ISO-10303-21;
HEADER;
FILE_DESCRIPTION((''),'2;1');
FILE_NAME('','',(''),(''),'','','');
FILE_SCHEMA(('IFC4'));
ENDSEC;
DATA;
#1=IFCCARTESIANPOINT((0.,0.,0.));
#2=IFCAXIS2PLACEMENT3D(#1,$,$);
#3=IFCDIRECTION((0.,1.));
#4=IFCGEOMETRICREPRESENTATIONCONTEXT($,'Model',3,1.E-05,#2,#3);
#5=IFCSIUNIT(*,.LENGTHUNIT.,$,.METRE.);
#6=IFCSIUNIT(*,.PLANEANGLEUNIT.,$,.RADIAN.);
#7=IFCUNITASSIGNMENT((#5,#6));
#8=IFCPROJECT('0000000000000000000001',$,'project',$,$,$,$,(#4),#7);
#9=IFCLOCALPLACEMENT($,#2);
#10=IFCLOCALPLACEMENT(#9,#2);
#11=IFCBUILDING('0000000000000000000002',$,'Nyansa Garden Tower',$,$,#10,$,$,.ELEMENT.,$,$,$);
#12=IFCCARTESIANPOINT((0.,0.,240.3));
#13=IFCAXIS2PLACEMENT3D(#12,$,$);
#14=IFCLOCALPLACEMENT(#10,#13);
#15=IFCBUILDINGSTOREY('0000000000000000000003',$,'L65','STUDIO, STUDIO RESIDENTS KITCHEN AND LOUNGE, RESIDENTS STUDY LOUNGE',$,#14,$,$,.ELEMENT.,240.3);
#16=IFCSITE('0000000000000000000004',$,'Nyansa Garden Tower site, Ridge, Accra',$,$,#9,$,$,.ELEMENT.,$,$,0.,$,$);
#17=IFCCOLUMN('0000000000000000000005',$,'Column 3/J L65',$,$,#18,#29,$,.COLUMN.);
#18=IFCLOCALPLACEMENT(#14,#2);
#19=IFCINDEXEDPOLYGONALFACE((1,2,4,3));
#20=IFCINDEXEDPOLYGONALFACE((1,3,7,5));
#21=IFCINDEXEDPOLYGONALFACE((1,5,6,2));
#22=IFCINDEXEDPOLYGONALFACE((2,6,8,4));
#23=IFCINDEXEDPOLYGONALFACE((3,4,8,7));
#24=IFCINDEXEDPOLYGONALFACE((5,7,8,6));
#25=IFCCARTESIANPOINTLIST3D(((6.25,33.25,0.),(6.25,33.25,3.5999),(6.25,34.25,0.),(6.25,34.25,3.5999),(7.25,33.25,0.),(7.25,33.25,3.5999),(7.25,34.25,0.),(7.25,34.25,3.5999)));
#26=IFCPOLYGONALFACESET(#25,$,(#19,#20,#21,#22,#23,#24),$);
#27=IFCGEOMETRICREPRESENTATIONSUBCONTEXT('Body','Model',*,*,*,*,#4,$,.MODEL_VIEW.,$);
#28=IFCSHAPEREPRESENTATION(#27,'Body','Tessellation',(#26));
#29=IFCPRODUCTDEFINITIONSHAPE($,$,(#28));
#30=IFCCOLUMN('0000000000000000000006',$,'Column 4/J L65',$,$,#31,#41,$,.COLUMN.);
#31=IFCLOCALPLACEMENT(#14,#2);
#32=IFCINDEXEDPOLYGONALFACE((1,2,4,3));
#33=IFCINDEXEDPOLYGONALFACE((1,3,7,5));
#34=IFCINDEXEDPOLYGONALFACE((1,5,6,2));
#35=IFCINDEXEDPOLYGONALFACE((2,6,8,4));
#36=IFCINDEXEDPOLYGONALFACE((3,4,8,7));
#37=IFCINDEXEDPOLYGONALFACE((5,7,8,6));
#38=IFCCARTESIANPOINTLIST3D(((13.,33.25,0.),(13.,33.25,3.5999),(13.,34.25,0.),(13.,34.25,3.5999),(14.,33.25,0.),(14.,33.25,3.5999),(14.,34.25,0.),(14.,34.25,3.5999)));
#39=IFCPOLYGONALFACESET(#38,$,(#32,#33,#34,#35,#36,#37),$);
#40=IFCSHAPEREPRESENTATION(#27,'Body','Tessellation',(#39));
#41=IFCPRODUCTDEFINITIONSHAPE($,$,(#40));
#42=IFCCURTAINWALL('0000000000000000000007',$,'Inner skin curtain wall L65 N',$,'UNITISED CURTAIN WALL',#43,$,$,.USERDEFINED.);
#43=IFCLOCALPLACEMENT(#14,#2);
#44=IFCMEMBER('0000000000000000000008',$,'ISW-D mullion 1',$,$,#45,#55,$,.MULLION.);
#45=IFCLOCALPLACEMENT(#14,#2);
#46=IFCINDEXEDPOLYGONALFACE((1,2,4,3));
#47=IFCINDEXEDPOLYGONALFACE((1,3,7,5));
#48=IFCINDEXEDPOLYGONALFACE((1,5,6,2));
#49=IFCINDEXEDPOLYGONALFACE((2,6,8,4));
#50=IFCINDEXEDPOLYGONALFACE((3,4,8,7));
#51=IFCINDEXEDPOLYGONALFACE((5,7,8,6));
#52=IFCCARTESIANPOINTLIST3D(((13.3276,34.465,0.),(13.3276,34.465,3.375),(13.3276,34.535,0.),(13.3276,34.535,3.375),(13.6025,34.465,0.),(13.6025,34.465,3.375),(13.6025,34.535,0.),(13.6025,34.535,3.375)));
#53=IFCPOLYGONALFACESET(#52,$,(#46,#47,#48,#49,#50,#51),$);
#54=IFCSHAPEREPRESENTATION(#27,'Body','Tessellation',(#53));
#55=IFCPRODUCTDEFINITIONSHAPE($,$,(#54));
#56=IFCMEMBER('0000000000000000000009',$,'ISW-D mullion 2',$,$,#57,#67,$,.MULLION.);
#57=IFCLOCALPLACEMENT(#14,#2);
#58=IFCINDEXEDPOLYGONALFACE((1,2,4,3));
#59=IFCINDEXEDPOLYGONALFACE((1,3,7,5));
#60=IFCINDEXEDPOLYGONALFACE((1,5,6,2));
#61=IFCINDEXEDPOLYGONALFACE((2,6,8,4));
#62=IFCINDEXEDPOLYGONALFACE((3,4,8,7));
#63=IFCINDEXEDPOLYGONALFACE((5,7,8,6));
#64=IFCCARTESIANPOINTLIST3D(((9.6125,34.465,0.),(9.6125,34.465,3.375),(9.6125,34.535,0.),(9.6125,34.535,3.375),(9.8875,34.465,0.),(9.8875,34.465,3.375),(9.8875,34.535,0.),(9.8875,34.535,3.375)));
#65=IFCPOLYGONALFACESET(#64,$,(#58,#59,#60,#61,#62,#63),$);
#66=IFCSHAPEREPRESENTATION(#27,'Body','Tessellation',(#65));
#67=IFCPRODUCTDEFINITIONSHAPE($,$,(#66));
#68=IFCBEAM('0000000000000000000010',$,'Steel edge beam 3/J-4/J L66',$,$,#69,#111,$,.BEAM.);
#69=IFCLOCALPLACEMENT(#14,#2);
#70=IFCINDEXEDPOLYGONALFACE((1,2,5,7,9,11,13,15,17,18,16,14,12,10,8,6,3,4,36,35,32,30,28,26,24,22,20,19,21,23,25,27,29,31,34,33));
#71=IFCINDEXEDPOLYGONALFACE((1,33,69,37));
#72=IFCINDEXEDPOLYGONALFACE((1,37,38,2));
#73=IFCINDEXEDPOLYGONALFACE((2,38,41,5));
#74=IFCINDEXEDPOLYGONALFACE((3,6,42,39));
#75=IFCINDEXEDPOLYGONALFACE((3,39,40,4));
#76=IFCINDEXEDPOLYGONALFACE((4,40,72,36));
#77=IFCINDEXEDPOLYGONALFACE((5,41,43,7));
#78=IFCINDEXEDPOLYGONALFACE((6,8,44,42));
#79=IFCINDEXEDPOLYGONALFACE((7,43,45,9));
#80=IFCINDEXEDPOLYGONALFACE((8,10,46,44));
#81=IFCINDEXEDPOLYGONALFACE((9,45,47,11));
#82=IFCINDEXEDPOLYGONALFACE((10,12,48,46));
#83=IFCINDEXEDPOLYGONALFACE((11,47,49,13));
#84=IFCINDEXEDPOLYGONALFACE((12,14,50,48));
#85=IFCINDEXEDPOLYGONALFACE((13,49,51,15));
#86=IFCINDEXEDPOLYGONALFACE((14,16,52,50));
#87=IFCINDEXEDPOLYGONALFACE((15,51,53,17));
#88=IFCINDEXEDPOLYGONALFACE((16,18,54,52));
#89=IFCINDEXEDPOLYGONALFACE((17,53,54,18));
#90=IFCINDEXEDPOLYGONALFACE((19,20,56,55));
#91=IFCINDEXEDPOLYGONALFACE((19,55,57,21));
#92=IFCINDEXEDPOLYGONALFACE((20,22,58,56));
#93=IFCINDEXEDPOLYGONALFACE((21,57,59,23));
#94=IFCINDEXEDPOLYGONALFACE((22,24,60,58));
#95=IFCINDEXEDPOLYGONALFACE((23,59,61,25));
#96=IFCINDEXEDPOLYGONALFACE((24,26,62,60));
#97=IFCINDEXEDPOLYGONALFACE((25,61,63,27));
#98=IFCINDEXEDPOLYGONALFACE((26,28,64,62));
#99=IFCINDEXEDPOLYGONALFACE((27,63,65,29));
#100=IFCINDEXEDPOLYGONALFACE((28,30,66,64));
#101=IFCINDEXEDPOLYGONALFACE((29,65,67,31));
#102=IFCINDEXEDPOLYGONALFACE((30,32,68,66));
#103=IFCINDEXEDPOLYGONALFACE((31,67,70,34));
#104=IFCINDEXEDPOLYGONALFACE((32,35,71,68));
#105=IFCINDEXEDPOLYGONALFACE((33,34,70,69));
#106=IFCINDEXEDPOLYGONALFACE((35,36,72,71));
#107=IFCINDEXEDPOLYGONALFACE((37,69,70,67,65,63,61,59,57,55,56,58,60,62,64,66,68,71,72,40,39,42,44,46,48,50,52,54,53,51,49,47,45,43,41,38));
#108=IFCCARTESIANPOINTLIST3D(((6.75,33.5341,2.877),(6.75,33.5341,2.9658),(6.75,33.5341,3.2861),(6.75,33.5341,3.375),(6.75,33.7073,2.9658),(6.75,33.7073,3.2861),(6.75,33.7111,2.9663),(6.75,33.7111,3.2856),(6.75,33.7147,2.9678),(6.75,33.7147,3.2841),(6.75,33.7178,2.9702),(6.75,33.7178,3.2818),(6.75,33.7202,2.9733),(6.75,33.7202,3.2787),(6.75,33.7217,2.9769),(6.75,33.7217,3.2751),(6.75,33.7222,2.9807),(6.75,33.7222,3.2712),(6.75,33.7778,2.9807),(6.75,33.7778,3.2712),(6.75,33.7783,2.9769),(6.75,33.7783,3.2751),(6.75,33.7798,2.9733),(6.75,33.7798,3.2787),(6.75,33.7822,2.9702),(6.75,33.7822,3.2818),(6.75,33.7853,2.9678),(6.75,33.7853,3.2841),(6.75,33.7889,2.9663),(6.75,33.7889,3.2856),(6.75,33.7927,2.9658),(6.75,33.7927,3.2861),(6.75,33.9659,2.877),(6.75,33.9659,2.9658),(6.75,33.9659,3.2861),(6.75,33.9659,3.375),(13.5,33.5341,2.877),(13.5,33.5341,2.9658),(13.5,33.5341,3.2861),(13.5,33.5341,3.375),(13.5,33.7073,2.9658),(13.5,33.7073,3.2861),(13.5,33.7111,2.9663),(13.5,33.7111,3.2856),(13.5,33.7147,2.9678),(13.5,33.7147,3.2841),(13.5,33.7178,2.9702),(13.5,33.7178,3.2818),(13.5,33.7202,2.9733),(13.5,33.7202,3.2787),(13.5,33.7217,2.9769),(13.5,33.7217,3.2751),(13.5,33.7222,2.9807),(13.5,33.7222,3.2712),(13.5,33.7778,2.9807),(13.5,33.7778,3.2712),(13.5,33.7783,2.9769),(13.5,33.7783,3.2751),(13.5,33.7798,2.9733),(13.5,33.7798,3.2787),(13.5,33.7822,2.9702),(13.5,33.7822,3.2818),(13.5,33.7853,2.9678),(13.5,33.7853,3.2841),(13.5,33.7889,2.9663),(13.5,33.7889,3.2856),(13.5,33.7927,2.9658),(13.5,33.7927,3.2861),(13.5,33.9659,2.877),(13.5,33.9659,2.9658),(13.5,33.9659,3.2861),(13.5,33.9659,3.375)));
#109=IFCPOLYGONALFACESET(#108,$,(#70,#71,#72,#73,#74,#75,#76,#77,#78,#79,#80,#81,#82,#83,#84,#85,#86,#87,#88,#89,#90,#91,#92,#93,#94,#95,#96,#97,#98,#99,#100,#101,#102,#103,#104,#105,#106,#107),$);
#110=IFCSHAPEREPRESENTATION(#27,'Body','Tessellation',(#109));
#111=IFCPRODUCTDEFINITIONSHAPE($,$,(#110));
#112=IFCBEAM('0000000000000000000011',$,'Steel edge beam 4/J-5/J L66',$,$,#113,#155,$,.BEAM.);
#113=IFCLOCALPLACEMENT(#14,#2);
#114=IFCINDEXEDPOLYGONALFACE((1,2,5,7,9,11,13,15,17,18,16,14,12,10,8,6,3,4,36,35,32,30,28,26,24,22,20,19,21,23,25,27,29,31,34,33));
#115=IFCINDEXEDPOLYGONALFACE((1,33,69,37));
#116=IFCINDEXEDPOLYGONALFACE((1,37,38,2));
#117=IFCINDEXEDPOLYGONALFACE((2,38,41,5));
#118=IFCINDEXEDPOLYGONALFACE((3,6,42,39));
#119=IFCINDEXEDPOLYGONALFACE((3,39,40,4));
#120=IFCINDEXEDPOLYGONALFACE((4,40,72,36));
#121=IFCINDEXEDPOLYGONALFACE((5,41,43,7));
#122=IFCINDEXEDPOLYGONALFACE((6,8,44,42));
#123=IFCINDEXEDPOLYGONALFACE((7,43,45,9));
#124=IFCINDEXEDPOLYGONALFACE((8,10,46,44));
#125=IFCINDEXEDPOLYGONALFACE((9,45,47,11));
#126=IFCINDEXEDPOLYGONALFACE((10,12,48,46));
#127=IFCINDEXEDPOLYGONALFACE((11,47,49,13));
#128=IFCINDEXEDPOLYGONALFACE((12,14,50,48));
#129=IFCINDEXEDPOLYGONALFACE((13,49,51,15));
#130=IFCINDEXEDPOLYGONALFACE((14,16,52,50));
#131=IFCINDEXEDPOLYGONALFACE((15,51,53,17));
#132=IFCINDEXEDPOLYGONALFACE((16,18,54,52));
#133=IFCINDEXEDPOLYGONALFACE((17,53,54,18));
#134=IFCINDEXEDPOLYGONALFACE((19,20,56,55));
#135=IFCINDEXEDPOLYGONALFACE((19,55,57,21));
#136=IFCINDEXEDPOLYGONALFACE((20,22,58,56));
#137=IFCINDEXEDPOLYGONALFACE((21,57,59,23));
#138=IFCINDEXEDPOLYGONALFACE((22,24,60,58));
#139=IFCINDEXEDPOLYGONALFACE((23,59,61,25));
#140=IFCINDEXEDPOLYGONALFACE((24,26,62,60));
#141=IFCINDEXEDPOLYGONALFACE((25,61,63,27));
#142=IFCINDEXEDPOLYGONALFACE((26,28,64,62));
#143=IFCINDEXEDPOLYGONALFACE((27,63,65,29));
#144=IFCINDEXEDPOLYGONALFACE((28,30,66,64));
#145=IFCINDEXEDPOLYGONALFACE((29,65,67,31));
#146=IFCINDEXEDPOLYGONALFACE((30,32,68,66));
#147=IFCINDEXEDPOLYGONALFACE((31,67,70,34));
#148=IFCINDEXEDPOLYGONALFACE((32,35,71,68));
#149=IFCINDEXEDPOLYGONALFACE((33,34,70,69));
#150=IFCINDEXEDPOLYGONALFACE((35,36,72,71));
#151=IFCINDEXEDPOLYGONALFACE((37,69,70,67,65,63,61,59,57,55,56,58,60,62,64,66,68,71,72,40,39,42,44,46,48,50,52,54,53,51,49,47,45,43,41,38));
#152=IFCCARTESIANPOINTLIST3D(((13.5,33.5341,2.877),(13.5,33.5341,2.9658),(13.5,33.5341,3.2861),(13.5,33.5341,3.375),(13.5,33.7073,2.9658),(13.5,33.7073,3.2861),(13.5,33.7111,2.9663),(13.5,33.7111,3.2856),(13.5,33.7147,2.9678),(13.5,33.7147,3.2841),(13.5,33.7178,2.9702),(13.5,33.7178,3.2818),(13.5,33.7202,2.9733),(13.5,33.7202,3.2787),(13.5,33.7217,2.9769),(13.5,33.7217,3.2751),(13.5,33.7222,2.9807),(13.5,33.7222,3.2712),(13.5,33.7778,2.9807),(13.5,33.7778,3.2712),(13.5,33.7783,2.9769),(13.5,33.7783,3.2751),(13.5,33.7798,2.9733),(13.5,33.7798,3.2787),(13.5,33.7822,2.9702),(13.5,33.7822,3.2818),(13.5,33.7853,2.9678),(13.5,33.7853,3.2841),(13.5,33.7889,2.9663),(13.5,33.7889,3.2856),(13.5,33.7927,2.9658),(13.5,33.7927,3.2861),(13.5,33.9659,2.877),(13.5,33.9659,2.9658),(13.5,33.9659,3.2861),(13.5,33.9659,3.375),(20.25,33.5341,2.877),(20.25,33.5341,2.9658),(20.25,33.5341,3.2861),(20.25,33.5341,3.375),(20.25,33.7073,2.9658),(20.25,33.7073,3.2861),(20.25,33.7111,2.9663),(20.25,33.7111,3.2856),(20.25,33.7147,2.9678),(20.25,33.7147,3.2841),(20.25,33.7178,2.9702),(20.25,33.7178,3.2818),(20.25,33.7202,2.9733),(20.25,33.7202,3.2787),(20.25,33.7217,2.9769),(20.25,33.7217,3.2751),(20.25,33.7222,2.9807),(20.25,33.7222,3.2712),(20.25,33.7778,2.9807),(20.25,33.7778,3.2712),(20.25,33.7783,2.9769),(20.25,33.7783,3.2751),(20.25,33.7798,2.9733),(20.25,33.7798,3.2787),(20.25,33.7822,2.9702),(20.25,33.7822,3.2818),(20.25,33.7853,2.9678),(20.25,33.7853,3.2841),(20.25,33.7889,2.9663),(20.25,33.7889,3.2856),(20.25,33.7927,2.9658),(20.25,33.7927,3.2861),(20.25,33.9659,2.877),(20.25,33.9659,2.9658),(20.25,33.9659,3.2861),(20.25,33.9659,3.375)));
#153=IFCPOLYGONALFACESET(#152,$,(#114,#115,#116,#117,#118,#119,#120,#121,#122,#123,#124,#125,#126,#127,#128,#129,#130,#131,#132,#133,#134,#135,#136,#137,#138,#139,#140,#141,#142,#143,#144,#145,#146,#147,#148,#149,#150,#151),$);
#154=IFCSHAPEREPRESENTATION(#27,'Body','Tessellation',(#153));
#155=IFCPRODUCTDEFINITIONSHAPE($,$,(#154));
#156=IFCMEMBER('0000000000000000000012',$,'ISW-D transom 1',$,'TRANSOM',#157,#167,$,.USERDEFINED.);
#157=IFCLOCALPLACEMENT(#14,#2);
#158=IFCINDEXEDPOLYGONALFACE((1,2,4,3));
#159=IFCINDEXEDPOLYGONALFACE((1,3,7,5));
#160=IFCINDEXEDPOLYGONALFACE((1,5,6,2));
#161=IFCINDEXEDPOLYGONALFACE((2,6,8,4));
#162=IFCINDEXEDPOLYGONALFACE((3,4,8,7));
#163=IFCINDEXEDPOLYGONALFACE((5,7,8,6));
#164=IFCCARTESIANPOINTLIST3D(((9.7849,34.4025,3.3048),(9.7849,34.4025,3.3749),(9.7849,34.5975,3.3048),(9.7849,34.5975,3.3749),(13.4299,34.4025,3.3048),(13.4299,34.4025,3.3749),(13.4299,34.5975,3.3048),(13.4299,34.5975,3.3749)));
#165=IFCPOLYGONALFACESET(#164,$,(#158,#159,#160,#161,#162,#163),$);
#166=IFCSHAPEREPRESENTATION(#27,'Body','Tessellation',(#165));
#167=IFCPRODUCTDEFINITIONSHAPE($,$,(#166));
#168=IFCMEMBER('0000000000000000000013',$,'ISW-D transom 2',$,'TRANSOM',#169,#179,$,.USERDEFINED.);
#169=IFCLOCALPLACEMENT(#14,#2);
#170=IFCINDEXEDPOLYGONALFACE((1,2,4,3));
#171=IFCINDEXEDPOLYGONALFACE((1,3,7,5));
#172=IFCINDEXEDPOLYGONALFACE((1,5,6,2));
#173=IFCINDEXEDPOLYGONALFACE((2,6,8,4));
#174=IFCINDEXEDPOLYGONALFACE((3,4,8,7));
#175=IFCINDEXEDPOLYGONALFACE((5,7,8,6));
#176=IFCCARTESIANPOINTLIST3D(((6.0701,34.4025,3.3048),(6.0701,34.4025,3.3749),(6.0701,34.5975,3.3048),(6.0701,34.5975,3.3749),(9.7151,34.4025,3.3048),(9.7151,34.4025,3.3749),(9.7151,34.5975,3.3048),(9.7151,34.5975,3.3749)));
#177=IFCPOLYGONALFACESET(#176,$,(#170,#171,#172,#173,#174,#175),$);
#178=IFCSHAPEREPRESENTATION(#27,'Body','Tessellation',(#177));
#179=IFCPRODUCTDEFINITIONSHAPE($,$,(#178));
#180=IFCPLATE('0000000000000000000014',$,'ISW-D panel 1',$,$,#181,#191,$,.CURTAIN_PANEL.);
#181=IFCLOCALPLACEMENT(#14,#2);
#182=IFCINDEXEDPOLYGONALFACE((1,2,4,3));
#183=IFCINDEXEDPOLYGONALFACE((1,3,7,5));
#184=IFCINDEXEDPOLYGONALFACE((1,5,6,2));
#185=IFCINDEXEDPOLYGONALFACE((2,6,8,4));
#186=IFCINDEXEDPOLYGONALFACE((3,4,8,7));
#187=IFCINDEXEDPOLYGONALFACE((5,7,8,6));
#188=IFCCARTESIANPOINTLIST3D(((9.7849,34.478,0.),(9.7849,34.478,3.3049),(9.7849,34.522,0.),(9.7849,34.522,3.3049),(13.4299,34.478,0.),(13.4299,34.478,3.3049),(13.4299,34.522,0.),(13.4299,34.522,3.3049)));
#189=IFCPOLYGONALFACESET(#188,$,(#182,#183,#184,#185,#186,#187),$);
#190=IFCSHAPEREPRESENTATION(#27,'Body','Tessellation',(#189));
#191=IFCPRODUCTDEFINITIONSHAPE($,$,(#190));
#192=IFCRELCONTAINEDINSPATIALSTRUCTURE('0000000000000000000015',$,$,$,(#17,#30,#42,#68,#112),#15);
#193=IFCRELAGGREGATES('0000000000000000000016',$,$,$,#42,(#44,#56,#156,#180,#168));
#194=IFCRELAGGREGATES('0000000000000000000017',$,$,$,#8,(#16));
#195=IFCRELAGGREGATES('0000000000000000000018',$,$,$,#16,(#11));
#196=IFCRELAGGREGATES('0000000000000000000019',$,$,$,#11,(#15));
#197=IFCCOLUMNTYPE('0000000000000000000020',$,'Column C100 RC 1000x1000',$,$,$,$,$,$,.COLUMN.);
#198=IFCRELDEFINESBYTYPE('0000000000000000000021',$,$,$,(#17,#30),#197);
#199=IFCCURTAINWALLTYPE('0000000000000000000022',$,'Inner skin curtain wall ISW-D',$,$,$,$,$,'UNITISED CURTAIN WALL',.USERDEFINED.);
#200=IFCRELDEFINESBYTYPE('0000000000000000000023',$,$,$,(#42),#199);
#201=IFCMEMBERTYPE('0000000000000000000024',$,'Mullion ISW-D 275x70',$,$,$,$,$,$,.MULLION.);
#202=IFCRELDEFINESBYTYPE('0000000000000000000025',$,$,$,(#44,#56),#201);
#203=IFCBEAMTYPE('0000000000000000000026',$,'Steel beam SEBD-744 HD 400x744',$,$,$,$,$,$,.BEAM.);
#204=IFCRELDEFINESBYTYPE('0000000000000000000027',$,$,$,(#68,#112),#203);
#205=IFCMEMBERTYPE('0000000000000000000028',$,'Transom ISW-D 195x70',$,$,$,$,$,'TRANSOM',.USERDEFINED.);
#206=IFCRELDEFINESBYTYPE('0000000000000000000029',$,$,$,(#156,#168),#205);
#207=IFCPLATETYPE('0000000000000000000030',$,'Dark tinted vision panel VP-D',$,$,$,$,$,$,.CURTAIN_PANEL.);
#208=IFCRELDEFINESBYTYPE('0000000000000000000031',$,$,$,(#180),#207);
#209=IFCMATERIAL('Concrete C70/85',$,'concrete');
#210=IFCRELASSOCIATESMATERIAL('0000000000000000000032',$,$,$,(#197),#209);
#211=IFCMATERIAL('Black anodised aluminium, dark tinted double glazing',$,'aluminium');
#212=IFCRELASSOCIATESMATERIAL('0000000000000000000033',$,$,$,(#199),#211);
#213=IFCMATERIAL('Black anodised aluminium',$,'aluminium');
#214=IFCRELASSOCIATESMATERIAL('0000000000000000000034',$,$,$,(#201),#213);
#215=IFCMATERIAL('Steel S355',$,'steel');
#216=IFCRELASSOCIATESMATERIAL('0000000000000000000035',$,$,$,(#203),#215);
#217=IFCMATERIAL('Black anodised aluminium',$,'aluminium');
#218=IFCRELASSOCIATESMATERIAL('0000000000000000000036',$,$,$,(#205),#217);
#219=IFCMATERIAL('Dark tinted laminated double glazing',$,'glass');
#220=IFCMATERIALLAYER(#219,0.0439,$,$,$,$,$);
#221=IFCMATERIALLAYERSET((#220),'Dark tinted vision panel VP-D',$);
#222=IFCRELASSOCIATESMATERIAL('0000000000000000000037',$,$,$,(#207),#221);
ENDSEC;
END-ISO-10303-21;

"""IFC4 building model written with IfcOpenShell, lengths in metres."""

from ifc_helpers import new_model, si_unit, direction, frame, origin, origin_2d, place, context, subcontext, project, spatial, rectangle, i_section, extrude, material, layer, layer_set, material_profile, profile_set, type_object, element, aggregate, save


model = new_model("IFC4")

# Units and contexts
model_context = context("Model", 3, precision=1e-05, world=origin(), true_north=direction((0.0, 1.0)))
body_context = subcontext(model_context, "Body", "Model", "MODEL_VIEW")
ifc_project = project(units=[si_unit("LENGTHUNIT", "METRE"), si_unit("PLANEANGLEUNIT", "RADIAN")], contexts=[model_context])

# Site, building, storey
site_placement = place(None, origin())
site = spatial("IfcSite", under=ifc_project, at=site_placement, Name="Nyansa Garden Tower site, Ridge, Accra", CompositionType="ELEMENT", RefElevation=0.0)
building_placement = place(site_placement, origin())
building = spatial("IfcBuilding", under=site, at=building_placement, Name="Nyansa Garden Tower", CompositionType="ELEMENT")
storey_placement = place(building_placement, frame((0.0, 0.0, 240.3)))
storey = spatial("IfcBuildingStorey", under=building, at=storey_placement, Name="L65", Description="STUDIO, STUDIO RESIDENTS KITCHEN AND LOUNGE, RESIDENTS STUDY LOUNGE", CompositionType="ELEMENT", Elevation=240.3)

# Columns
ifc_material_1 = material(Name="Concrete C70/85", Category="concrete")
ifc_material_profile_1 = material_profile(ifc_material_1, rectangle(XDim=1.0, YDim=1.0, at=origin_2d()), Name="RC 1000x1000")
ifc_profile_set_1 = profile_set([ifc_material_profile_1], Name="Concrete C70/85")
column_type = type_object("IfcColumnType", Name="Column C100 RC 1000x1000", PredefinedType="COLUMN", material=ifc_profile_set_1)
for number, where, z_axis, x_axis, name in (
    (1, (6.75, 33.75, 0.0), (0.0, 0.0, 1.0), (1.0, 0.0, 0.0), "Column 3/J L65"),
    (2, (13.5, 33.75, 0.0), (0.0, 0.0, 1.0), (1.0, 0.0, 0.0), "Column 4/J L65"),
):
    element("IfcColumn", number, at=place(storey_placement, frame(where, z_axis=z_axis, x_axis=x_axis)), inside=storey, type_object=column_type, Name=name, PredefinedType="COLUMN", context=body_context, shape_type="SweptSolid", body=[
        extrude(rectangle(XDim=1.0, YDim=1.0, at=origin_2d()), origin(), (0.0, 0.0, 1.0), 3.5999),
    ])

# Curtain wall, members
ifc_material_2 = material(Name="Black anodised aluminium, dark tinted double glazing", Category="aluminium")
curtain_wall_type = type_object("IfcCurtainWallType", Name="Inner skin curtain wall ISW-D", ElementType="UNITISED CURTAIN WALL", PredefinedType="USERDEFINED", material=ifc_material_2)
curtain_wall_placement = place(storey_placement, origin())
curtain_wall = element("IfcCurtainWall", 3, at=curtain_wall_placement, inside=storey, type_object=curtain_wall_type, Name="Inner skin curtain wall L65 N", ObjectType="UNITISED CURTAIN WALL", PredefinedType="USERDEFINED")
ifc_material_3 = material(Name="Black anodised aluminium", Category="aluminium")
ifc_material_profile_2 = material_profile(ifc_material_3, rectangle(XDim=0.0701, YDim=0.2749, at=origin_2d()), Name="Mullion 275x70")
ifc_profile_set_2 = profile_set([ifc_material_profile_2], Name="Black anodised aluminium")
member_type_1 = type_object("IfcMemberType", Name="Mullion ISW-D 275x70", PredefinedType="MULLION", material=ifc_profile_set_2)
member_1_placement = place(storey_placement, frame((13.4651, 34.5, 0.0), z_axis=(0.0, 0.0, 1.0), x_axis=(0.0, -1.0, 0.0)))
member_1 = element("IfcMember", 4, at=member_1_placement, type_object=member_type_1, Name="ISW-D mullion 1", PredefinedType="MULLION", context=body_context, shape_type="SweptSolid", body=[
    extrude(rectangle(XDim=0.0701, YDim=0.2749, at=origin_2d()), origin(), (0.0, 0.0, 1.0), 3.375),
])
member_2_placement = place(storey_placement, frame((9.75, 34.5, 0.0), z_axis=(0.0, 0.0, 1.0), x_axis=(0.0, -1.0, 0.0)))
member_2 = element("IfcMember", 5, at=member_2_placement, type_object=member_type_1, Name="ISW-D mullion 2", PredefinedType="MULLION", context=body_context, shape_type="SweptSolid", body=[
    extrude(rectangle(XDim=0.0701, YDim=0.2749, at=origin_2d()), origin(), (0.0, 0.0, 1.0), 3.375),
])

# Beams
ifc_material_4 = material(Name="Steel S355", Category="steel")
ifc_material_profile_3 = material_profile(ifc_material_4, i_section(OverallWidth=0.4319, OverallDepth=0.498, WebThickness=0.0557, FlangeThickness=0.0889, FilletRadius=0.0149, at=origin_2d()), Name="HD 400x744")
ifc_profile_set_3 = profile_set([ifc_material_profile_3], Name="Steel S355")
beam_type = type_object("IfcBeamType", Name="Steel beam SEBD-744 HD 400x744", PredefinedType="BEAM", material=ifc_profile_set_3)
for number, where, z_axis, x_axis, name in (
    (6, (6.75, 33.75, 3.126), (1.0, 0.0, 0.0), (0.0, 1.0, 0.0), "Steel edge beam 3/J-4/J L66"),
    (7, (13.5, 33.75, 3.126), (1.0, 0.0, 0.0), (0.0, 1.0, 0.0), "Steel edge beam 4/J-5/J L66"),
):
    element("IfcBeam", number, at=place(storey_placement, frame(where, z_axis=z_axis, x_axis=x_axis)), inside=storey, type_object=beam_type, Name=name, PredefinedType="BEAM", context=body_context, shape_type="SweptSolid", body=[
        extrude(i_section(OverallWidth=0.4319, OverallDepth=0.498, WebThickness=0.0557, FlangeThickness=0.0889, FilletRadius=0.0149, at=origin_2d()), origin(), (0.0, 0.0, 1.0), 6.75),
    ])

# Members
ifc_material_5 = material(Name="Black anodised aluminium", Category="aluminium")
ifc_material_profile_4 = material_profile(ifc_material_5, rectangle(XDim=0.1951, YDim=0.0701, at=origin_2d()), Name="Transom 195x70")
ifc_profile_set_4 = profile_set([ifc_material_profile_4], Name="Black anodised aluminium")
member_type_2 = type_object("IfcMemberType", Name="Transom ISW-D 195x70", ElementType="TRANSOM", PredefinedType="USERDEFINED", material=ifc_profile_set_4)
member_3_placement = place(storey_placement, frame((13.4299, 34.5, 3.3398), z_axis=(-1.0, 0.0, 0.0), x_axis=(0.0, -1.0, 0.0)))
member_3 = element("IfcMember", 8, at=member_3_placement, type_object=member_type_2, Name="ISW-D transom 1", ObjectType="TRANSOM", PredefinedType="USERDEFINED", context=body_context, shape_type="SweptSolid", body=[
    extrude(rectangle(XDim=0.1951, YDim=0.0701, at=origin_2d()), origin(), (0.0, 0.0, 1.0), 3.645),
])
member_4_placement = place(storey_placement, frame((9.7151, 34.5, 3.3398), z_axis=(-1.0, 0.0, 0.0), x_axis=(0.0, -1.0, 0.0)))
member_4 = element("IfcMember", 9, at=member_4_placement, type_object=member_type_2, Name="ISW-D transom 2", ObjectType="TRANSOM", PredefinedType="USERDEFINED", context=body_context, shape_type="SweptSolid", body=[
    extrude(rectangle(XDim=0.1951, YDim=0.0701, at=origin_2d()), origin(), (0.0, 0.0, 1.0), 3.645),
])

# Plate
ifc_material_6 = material(Name="Dark tinted laminated double glazing", Category="glass")
ifc_layer_1 = layer(ifc_material_6, 0.0439)
ifc_layer_set_1 = layer_set([ifc_layer_1], Name="Dark tinted vision panel VP-D")
plate_type = type_object("IfcPlateType", Name="Dark tinted vision panel VP-D", PredefinedType="CURTAIN_PANEL", material=ifc_layer_set_1)
plate_1_placement = place(storey_placement, frame((11.6074, 34.5, 0.0), z_axis=(0.0, 0.0, 1.0), x_axis=(-1.0, 0.0, 0.0)))
plate_1 = element("IfcPlate", 10, at=plate_1_placement, type_object=plate_type, Name="ISW-D panel 1", PredefinedType="CURTAIN_PANEL", context=body_context, shape_type="SweptSolid", body=[
    extrude(rectangle(XDim=3.645, YDim=0.0439, at=origin_2d()), origin(), (0.0, 0.0, 1.0), 3.3049),
])
aggregate(curtain_wall, [member_1, member_2, member_3, plate_1, member_4])

save(model, "model.ifc")
